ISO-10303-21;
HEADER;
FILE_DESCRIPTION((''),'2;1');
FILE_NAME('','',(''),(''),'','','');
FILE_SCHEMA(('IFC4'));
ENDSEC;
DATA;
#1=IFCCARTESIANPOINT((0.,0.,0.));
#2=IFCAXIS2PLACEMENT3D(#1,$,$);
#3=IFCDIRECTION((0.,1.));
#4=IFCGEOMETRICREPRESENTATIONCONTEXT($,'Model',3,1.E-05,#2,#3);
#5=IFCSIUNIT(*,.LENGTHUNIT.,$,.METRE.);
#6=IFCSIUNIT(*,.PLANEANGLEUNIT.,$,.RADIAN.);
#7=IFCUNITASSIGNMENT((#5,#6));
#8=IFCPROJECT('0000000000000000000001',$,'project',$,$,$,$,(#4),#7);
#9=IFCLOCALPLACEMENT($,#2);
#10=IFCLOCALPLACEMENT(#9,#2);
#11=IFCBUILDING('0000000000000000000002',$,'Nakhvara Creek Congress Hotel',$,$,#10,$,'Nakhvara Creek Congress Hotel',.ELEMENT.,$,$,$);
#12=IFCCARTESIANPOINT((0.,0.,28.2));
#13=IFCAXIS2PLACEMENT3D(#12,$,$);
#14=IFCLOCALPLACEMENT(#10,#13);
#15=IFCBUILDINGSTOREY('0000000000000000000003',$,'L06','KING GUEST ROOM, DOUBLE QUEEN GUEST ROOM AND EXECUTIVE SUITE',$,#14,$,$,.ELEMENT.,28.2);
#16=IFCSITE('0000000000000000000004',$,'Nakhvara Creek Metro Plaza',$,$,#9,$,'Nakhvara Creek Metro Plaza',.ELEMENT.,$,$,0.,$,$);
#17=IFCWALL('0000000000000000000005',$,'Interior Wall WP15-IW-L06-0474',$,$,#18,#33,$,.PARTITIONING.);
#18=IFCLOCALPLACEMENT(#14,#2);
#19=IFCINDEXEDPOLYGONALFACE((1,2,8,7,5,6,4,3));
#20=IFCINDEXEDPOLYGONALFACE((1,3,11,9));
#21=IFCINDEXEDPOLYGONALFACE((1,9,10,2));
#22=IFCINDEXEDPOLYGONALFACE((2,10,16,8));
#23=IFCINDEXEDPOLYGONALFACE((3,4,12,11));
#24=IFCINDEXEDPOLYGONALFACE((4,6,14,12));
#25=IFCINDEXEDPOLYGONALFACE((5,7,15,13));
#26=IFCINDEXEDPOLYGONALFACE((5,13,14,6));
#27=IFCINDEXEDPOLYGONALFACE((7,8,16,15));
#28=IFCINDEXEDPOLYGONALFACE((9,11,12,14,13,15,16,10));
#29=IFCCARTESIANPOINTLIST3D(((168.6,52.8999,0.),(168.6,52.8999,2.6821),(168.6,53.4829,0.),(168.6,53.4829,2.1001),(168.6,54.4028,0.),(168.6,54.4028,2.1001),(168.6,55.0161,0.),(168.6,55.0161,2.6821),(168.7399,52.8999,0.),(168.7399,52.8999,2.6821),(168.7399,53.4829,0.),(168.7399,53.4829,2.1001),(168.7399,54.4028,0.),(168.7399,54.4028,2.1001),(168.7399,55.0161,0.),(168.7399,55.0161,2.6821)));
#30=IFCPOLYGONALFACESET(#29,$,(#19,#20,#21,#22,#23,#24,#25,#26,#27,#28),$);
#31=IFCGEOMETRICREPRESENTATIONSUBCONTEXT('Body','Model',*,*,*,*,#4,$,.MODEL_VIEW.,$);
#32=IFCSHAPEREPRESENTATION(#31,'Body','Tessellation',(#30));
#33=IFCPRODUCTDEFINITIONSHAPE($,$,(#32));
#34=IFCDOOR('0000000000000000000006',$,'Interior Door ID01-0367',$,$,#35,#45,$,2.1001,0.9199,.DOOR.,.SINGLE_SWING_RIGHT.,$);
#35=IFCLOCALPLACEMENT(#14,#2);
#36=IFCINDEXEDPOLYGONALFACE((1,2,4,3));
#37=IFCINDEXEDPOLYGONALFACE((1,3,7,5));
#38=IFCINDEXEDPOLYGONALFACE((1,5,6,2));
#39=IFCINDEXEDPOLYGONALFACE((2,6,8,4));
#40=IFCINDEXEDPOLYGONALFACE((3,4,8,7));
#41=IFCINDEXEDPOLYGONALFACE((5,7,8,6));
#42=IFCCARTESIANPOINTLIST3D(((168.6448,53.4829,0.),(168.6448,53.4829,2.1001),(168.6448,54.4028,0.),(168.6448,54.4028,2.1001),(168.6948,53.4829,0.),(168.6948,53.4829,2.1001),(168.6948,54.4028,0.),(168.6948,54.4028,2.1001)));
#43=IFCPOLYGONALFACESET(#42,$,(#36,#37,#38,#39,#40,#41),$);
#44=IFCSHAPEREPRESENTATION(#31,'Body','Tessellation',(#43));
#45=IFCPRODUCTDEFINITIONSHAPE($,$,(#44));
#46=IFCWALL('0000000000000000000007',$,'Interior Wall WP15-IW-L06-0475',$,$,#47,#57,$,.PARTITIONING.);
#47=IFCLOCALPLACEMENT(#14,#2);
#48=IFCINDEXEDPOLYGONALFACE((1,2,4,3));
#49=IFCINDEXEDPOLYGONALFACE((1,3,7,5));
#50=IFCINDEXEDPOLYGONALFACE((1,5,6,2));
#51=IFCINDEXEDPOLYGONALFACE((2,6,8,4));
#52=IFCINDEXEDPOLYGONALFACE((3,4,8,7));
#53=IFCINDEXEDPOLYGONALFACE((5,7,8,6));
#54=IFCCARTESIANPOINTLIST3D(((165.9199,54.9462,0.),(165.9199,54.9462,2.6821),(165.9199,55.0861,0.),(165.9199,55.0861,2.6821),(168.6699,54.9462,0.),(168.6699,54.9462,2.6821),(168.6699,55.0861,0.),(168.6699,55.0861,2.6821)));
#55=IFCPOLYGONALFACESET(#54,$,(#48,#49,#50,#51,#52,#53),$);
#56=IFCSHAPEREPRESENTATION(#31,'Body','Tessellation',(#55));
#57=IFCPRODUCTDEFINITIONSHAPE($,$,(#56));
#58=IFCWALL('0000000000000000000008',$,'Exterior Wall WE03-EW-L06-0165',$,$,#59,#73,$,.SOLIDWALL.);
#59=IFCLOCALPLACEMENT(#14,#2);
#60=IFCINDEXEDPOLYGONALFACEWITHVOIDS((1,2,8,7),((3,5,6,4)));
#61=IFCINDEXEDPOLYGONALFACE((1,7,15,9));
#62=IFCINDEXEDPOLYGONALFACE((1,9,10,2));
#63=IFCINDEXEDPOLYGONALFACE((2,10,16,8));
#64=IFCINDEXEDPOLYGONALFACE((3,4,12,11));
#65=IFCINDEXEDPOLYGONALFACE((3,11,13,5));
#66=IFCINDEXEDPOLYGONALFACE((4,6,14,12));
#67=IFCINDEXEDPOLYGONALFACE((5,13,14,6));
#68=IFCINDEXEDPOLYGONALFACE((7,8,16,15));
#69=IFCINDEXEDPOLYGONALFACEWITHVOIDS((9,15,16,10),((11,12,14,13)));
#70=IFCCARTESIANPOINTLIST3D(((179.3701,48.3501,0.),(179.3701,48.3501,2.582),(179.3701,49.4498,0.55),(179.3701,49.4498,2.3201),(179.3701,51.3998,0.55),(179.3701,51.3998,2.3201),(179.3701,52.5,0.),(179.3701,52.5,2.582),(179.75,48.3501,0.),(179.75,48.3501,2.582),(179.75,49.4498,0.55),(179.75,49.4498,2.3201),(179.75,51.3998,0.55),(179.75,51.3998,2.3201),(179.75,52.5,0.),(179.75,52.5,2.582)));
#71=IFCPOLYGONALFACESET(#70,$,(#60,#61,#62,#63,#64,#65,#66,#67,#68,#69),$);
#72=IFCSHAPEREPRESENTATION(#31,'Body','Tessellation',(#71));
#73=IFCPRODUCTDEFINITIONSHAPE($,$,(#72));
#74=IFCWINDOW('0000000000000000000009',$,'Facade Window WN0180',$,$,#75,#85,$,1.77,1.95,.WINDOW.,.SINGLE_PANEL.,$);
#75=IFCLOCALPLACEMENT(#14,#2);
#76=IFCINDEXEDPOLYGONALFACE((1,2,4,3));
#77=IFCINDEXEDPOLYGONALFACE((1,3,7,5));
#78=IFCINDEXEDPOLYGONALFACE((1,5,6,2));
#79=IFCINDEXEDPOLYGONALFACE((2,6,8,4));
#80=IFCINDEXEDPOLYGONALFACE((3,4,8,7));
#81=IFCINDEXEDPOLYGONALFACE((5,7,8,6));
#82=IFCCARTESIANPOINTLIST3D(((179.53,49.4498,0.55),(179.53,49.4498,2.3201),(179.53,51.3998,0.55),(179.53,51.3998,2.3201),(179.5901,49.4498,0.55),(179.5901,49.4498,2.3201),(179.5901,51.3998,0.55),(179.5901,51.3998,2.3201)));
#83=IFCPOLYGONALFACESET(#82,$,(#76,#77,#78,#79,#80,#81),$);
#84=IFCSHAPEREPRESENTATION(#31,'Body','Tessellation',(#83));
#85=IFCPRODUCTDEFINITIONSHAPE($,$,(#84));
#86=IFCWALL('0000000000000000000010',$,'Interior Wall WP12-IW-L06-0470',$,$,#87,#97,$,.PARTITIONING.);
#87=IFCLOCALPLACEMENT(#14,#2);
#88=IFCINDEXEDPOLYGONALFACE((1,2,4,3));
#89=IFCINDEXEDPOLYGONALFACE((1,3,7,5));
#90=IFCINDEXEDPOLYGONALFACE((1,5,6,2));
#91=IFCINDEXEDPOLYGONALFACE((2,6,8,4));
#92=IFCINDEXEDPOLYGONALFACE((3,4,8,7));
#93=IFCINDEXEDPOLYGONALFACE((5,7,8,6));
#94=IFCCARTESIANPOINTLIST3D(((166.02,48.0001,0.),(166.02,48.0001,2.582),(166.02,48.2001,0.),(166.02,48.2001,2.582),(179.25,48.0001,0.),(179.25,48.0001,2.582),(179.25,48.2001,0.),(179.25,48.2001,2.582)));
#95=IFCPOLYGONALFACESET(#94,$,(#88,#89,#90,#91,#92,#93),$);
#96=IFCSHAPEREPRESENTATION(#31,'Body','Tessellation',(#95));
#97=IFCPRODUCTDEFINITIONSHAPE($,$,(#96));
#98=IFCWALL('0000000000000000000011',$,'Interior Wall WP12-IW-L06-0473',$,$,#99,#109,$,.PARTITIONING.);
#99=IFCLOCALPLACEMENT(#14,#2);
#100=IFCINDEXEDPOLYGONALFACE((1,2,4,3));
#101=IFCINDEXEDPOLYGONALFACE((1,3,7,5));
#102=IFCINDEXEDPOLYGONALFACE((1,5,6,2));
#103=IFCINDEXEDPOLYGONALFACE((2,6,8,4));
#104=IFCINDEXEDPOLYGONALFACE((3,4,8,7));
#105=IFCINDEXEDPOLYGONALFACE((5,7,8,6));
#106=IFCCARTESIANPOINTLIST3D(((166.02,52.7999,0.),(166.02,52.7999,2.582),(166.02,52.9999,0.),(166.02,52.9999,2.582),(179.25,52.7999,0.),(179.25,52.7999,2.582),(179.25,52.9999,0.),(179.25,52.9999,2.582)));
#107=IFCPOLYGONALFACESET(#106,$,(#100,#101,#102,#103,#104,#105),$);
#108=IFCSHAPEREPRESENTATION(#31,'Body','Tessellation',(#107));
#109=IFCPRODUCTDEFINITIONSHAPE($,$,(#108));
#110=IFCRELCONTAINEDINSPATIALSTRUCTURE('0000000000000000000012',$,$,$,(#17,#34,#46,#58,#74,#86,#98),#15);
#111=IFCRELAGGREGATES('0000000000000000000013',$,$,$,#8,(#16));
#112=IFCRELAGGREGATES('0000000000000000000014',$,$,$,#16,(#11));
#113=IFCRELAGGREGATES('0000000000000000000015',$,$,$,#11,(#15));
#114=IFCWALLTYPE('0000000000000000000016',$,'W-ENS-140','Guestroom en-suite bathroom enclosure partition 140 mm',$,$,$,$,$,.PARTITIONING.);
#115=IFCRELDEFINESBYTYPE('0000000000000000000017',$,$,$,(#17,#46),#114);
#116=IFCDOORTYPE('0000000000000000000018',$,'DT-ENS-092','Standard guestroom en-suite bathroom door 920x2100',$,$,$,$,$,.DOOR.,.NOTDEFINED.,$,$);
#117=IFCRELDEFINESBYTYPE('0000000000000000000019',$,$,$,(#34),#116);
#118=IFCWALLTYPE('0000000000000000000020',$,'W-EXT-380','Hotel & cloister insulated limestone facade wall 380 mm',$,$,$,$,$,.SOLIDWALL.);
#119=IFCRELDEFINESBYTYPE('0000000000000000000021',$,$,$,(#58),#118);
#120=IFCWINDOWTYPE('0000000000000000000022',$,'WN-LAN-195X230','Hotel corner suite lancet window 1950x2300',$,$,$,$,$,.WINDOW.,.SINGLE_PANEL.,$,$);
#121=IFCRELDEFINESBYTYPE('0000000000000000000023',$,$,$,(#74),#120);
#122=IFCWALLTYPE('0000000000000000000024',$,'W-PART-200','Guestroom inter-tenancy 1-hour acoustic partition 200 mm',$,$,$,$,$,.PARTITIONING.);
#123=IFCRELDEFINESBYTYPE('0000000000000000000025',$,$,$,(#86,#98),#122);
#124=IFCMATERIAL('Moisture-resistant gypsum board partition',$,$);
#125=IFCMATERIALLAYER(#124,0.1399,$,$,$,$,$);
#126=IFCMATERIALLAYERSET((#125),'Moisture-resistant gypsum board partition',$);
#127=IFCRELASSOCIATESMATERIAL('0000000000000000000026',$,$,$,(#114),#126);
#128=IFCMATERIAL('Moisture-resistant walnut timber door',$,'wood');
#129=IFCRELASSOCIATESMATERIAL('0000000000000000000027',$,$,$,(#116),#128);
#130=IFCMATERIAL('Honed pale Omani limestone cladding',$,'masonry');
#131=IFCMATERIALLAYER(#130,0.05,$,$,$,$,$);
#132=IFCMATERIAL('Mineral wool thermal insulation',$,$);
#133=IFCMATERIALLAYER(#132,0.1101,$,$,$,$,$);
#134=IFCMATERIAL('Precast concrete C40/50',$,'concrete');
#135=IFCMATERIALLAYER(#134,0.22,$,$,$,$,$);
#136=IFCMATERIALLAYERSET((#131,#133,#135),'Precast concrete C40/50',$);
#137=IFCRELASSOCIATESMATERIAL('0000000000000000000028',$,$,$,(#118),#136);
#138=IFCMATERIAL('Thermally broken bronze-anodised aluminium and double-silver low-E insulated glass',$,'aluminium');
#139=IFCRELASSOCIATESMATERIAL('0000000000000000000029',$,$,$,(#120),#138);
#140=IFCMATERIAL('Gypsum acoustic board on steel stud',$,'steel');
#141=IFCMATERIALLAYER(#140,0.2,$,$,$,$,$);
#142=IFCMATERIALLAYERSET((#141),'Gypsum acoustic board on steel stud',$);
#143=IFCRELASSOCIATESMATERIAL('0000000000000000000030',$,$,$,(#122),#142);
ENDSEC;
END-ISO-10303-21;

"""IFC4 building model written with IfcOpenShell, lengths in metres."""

from ifc_helpers import new_model, si_unit, direction, frame, frame_2d, origin, place, context, subcontext, project, spatial, rectangle, extrude, material, layer, layer_set, type_object, element, fill, save


model = new_model("IFC4")

# Units and contexts
model_context = context("Model", 3, precision=1e-05, world=origin(), true_north=direction((0.0, 1.0)))
body_context = subcontext(model_context, "Body", "Model", "MODEL_VIEW")
ifc_project = project(units=[si_unit("LENGTHUNIT", "METRE"), si_unit("PLANEANGLEUNIT", "RADIAN")], contexts=[model_context])

# Site, building, storey
site_placement = place(None, origin())
site = spatial("IfcSite", under=ifc_project, at=site_placement, Name="Nakhvara Creek Metro Plaza", LongName="Nakhvara Creek Metro Plaza", CompositionType="ELEMENT", RefElevation=0.0)
building_placement = place(site_placement, origin())
building = spatial("IfcBuilding", under=site, at=building_placement, Name="Nakhvara Creek Congress Hotel", LongName="Nakhvara Creek Congress Hotel", CompositionType="ELEMENT")
storey_placement = place(building_placement, frame((0.0, 0.0, 28.2)))
storey = spatial("IfcBuildingStorey", under=building, at=storey_placement, Name="L06", Description="KING GUEST ROOM, DOUBLE QUEEN GUEST ROOM AND EXECUTIVE SUITE", CompositionType="ELEMENT", Elevation=28.2)

# Shared definitions
ifc_material_1 = material(Name="Moisture-resistant gypsum board partition")
ifc_layer_1 = layer(ifc_material_1, 0.1399)
ifc_layer_set_1 = layer_set([ifc_layer_1], Name="Moisture-resistant gypsum board partition")
wall_type_1 = type_object("IfcWallType", Name="W-ENS-140", Description="Guestroom en-suite bathroom enclosure partition 140 mm", PredefinedType="PARTITIONING", material=ifc_layer_set_1)
ifc_material_2 = material(Name="Moisture-resistant walnut timber door", Category="wood")

# Wall, opening, door
wall_1_placement = place(storey_placement, frame((168.6699, 52.8999, 0.0), z_axis=(0.0, 0.0, 1.0), x_axis=(0.0, 1.0, 0.0)))
wall_1 = element("IfcWall", 1, at=wall_1_placement, inside=storey, type_object=wall_type_1, Name="Interior Wall WP15-IW-L06-0474", PredefinedType="PARTITIONING", context=body_context, shape_type="SweptSolid", body=[
    extrude(rectangle(XDim=2.1162, YDim=0.1399, at=frame_2d((1.0581, 0.0))), origin(), (0.0, 0.0, 1.0), 2.6821),
])
opening_1_placement = place(wall_1_placement, frame((0.583, 0.0, 0.0)))
opening_1 = element("IfcOpeningElement", 2, at=opening_1_placement, cuts=wall_1, PredefinedType="OPENING", context=body_context, shape_type="SweptSolid", body=[
    extrude(rectangle(XDim=0.9199, YDim=2.1001, at=frame_2d((0.46, 1.05))), frame((0.0, 0.082, 0.0), z_axis=(0.0, -1.0, 0.0), x_axis=(1.0, 0.0, 0.0)), (0.0, 0.0, 1.0), 0.1638),
])
door_type_1 = type_object("IfcDoorType", Name="DT-ENS-092", Description="Standard guestroom en-suite bathroom door 920x2100", OperationType="NOTDEFINED", PredefinedType="DOOR", material=ifc_material_2)
door_1_placement = place(opening_1_placement, frame((0.9199, 0.0, 0.0), z_axis=(0.0, 0.0, 1.0), x_axis=(-1.0, 0.0, 0.0)))
door_1 = element("IfcDoor", 3, at=door_1_placement, inside=storey, type_object=door_type_1, Name="Interior Door ID01-0367", OperationType="SINGLE_SWING_RIGHT", OverallHeight=2.1001, OverallWidth=0.9199, PredefinedType="DOOR", context=body_context, shape_type="SweptSolid", body=[
    extrude(rectangle(XDim=0.9199, YDim=2.1001, at=frame_2d((0.46, 1.05))), frame((0.0, 0.0249, 0.0), z_axis=(0.0, -1.0, 0.0), x_axis=(1.0, 0.0, 0.0)), (0.0, 0.0, 1.0), 0.05),
])
fill(opening_1, door_1)

# Wall
wall_2_placement = place(storey_placement, frame((165.9199, 55.0161, 0.0), z_axis=(0.0, 0.0, 1.0), x_axis=(1.0, 0.0, 0.0)))
element("IfcWall", 4, at=wall_2_placement, inside=storey, type_object=wall_type_1, Name="Interior Wall WP15-IW-L06-0475", PredefinedType="PARTITIONING", context=body_context, shape_type="SweptSolid", body=[
    extrude(rectangle(XDim=2.75, YDim=0.1399, at=frame_2d((1.375, 0.0))), origin(), (0.0, 0.0, 1.0), 2.6821),
])

# Wall, opening, window
ifc_material_3 = material(Name="Honed pale Omani limestone cladding", Category="masonry")
ifc_layer_2 = layer(ifc_material_3, 0.05)
ifc_material_4 = material(Name="Mineral wool thermal insulation")
ifc_layer_3 = layer(ifc_material_4, 0.1101)
ifc_material_5 = material(Name="Precast concrete C40/50", Category="concrete")
ifc_layer_4 = layer(ifc_material_5, 0.22)
ifc_layer_set_2 = layer_set([ifc_layer_2, ifc_layer_3, ifc_layer_4], Name="Precast concrete C40/50")
wall_type_2 = type_object("IfcWallType", Name="W-EXT-380", Description="Hotel & cloister insulated limestone facade wall 380 mm", PredefinedType="SOLIDWALL", material=ifc_layer_set_2)
wall_3_placement = place(storey_placement, frame((179.5601, 52.5, 0.0), z_axis=(0.0, 0.0, 1.0), x_axis=(0.0, -1.0, 0.0)))
wall_3 = element("IfcWall", 5, at=wall_3_placement, inside=storey, type_object=wall_type_2, Name="Exterior Wall WE03-EW-L06-0165", PredefinedType="SOLIDWALL", context=body_context, shape_type="SweptSolid", body=[
    extrude(rectangle(XDim=4.1499, YDim=0.3799, at=frame_2d((2.075, 0.0))), origin(), (0.0, 0.0, 1.0), 2.582),
])
opening_2_placement = place(wall_3_placement, frame((1.1001, 0.0, 0.55)))
opening_2 = element("IfcOpeningElement", 6, at=opening_2_placement, cuts=wall_3, PredefinedType="OPENING", context=body_context, shape_type="SweptSolid", body=[
    extrude(rectangle(XDim=1.95, YDim=1.77, at=frame_2d((0.9751, 0.885))), frame((0.0, 0.2019, 0.0), z_axis=(0.0, -1.0, 0.0), x_axis=(1.0, 0.0, 0.0)), (0.0, 0.0, 1.0), 0.4038),
])
ifc_material_6 = material(Name="Thermally broken bronze-anodised aluminium and double-silver low-E insulated glass", Category="aluminium")
window_type = type_object("IfcWindowType", Name="WN-LAN-195X230", Description="Hotel corner suite lancet window 1950x2300", PartitioningType="SINGLE_PANEL", PredefinedType="WINDOW", material=ifc_material_6)
window_placement = place(opening_2_placement, origin())
window = element("IfcWindow", 7, at=window_placement, inside=storey, type_object=window_type, Name="Facade Window WN0180", OverallHeight=1.77, OverallWidth=1.95, PartitioningType="SINGLE_PANEL", PredefinedType="WINDOW", context=body_context, shape_type="SweptSolid", body=[
    extrude(rectangle(XDim=1.95, YDim=1.77, at=frame_2d((0.9751, 0.885))), frame((0.0, 0.03, 0.0), z_axis=(0.0, -1.0, 0.0), x_axis=(1.0, 0.0, 0.0)), (0.0, 0.0, 1.0), 0.0601),
])
fill(opening_2, window)

# Walls
ifc_material_7 = material(Name="Gypsum acoustic board on steel stud", Category="steel")
ifc_layer_5 = layer(ifc_material_7, 0.2)
ifc_layer_set_3 = layer_set([ifc_layer_5], Name="Gypsum acoustic board on steel stud")
wall_type_3 = type_object("IfcWallType", Name="W-PART-200", Description="Guestroom inter-tenancy 1-hour acoustic partition 200 mm", PredefinedType="PARTITIONING", material=ifc_layer_set_3)
for number, where, z_axis, x_axis, name in (
    (8, (166.02, 48.1001, 0.0), (0.0, 0.0, 1.0), (1.0, 0.0, 0.0), "Interior Wall WP12-IW-L06-0470"),
    (9, (166.02, 52.8999, 0.0), (0.0, 0.0, 1.0), (1.0, 0.0, 0.0), "Interior Wall WP12-IW-L06-0473"),
):
    element("IfcWall", number, at=place(storey_placement, frame(where, z_axis=z_axis, x_axis=x_axis)), inside=storey, type_object=wall_type_3, Name=name, PredefinedType="PARTITIONING", context=body_context, shape_type="SweptSolid", body=[
        extrude(rectangle(XDim=13.23, YDim=0.2, at=frame_2d((6.615, 0.0))), origin(), (0.0, 0.0, 1.0), 2.582),
    ])

save(model, "model.ifc")
